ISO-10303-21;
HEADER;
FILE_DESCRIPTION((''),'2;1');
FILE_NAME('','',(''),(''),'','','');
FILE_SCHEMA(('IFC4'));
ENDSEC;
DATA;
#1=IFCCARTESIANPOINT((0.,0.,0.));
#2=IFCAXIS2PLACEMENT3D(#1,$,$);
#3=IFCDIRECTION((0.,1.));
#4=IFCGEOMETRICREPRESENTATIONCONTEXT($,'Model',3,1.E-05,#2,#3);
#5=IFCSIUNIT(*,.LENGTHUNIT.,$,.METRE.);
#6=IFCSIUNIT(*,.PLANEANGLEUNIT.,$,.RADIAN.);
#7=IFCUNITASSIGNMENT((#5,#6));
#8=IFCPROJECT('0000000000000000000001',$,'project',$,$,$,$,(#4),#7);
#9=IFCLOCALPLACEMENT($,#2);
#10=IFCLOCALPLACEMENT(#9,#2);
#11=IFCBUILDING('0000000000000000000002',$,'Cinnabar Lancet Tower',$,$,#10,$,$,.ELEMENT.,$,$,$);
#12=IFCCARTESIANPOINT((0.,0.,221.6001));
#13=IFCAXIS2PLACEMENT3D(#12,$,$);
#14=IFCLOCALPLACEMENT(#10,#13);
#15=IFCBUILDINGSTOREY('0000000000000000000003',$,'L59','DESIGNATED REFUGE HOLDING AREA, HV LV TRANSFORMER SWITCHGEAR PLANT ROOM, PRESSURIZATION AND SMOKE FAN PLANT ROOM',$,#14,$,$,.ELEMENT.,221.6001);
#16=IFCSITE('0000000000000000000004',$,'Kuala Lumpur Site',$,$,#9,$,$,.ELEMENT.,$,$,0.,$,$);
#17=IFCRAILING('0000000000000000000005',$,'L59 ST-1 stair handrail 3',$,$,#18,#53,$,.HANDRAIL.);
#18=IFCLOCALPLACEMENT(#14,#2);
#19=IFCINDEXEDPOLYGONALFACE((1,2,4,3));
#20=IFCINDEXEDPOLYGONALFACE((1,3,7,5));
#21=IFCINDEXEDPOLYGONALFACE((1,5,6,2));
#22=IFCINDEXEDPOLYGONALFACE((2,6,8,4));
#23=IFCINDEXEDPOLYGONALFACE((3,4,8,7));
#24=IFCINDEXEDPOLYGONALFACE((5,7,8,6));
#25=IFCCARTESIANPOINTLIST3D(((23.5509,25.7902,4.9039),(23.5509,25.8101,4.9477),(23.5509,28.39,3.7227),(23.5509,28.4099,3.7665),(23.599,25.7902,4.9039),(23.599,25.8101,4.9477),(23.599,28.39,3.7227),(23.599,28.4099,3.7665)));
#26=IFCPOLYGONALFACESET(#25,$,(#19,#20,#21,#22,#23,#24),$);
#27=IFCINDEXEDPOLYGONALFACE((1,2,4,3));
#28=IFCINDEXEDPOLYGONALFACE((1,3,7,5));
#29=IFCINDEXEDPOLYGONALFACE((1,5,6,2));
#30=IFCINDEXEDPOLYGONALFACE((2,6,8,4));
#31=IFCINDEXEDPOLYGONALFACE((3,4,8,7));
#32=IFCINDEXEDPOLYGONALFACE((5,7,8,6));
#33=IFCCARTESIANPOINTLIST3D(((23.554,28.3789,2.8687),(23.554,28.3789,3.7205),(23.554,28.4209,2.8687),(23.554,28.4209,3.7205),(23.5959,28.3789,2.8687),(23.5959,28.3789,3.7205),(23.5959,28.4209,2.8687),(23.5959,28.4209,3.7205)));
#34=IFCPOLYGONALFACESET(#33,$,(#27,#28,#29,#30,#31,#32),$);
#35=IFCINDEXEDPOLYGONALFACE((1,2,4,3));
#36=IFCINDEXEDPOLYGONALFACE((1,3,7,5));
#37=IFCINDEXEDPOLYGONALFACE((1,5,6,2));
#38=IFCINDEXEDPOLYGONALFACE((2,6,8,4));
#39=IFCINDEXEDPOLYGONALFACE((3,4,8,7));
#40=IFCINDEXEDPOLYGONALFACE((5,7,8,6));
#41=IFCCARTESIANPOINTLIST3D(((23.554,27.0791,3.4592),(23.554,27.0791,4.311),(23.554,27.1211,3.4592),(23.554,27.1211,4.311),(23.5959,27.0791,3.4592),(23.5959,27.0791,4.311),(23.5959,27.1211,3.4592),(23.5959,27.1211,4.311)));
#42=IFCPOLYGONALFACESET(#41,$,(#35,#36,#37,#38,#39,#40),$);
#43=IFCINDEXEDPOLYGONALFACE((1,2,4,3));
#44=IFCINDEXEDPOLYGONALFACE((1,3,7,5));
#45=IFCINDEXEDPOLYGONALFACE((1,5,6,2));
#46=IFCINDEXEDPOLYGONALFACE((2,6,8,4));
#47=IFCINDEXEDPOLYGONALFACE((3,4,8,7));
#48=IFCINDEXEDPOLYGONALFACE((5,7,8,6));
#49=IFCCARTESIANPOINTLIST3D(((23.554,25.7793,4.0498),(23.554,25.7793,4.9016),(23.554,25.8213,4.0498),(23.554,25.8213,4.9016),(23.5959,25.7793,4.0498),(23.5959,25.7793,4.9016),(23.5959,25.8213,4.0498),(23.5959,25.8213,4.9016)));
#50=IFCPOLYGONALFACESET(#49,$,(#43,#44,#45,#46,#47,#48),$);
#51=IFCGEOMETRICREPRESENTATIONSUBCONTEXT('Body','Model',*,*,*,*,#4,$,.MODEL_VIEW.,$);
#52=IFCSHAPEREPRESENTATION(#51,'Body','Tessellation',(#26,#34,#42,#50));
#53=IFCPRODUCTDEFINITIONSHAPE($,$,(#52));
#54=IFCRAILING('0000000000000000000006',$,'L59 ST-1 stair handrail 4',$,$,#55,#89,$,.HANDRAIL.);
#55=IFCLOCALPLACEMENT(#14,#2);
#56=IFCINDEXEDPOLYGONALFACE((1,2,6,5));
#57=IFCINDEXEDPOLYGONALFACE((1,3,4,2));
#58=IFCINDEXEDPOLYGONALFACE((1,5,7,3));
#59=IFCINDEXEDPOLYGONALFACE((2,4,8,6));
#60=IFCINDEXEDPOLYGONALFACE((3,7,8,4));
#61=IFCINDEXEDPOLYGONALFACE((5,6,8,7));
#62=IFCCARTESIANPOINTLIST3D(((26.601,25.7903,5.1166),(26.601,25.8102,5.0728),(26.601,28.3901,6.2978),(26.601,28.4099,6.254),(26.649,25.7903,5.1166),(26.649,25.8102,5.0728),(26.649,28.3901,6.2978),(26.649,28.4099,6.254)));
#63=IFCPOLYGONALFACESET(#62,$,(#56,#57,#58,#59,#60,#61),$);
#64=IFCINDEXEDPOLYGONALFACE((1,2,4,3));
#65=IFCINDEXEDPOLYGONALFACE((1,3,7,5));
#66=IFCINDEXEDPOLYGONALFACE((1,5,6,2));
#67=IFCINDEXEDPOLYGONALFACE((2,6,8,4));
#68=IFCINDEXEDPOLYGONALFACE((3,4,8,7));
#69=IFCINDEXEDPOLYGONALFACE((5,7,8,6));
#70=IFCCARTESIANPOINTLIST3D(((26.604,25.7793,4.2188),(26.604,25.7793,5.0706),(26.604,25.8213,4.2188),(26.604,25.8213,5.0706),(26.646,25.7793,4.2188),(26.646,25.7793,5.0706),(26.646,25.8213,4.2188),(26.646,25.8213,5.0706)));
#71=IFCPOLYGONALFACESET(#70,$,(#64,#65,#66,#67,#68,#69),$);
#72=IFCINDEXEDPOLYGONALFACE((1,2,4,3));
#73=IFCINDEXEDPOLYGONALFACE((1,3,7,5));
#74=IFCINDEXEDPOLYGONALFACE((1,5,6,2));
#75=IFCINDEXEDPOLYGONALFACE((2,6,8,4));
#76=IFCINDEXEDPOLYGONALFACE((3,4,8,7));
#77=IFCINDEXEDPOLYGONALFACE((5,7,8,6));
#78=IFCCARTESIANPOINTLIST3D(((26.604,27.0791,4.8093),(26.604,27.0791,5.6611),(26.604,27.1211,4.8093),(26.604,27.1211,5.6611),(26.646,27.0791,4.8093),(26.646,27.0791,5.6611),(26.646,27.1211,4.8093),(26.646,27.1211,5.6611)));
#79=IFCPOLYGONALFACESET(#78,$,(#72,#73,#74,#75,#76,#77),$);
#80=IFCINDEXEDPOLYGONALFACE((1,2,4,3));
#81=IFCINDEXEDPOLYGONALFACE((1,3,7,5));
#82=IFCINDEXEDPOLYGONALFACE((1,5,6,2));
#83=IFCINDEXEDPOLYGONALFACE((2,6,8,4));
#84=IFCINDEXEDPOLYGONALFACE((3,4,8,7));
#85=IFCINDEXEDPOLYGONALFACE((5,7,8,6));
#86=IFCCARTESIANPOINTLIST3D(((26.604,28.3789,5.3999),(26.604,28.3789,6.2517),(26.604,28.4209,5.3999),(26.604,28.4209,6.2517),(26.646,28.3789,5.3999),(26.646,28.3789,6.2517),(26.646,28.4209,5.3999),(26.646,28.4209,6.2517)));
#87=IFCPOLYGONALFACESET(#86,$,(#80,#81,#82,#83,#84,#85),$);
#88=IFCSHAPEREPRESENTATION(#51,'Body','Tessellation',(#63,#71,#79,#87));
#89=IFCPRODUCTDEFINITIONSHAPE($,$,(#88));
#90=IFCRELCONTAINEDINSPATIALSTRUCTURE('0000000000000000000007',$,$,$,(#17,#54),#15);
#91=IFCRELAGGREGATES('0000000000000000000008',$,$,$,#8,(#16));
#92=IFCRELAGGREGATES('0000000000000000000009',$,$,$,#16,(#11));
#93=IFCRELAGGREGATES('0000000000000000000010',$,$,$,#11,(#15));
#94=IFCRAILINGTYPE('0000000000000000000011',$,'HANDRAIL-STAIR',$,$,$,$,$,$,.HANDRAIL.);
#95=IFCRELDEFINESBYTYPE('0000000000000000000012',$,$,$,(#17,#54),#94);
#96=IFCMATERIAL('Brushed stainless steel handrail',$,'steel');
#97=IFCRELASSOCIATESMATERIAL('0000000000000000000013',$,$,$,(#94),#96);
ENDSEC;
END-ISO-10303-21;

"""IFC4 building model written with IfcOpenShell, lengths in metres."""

from ifc_helpers import new_model, si_unit, direction, frame, origin, origin_2d, place, context, subcontext, project, spatial, rectangle, extrude, material, type_object, element, save


model = new_model("IFC4")

# Units and contexts
model_context = context("Model", 3, precision=1e-05, world=origin(), true_north=direction((0.0, 1.0)))
body_context = subcontext(model_context, "Body", "Model", "MODEL_VIEW")
ifc_project = project(units=[si_unit("LENGTHUNIT", "METRE"), si_unit("PLANEANGLEUNIT", "RADIAN")], contexts=[model_context])

# Site, building, storey
site_placement = place(None, origin())
site = spatial("IfcSite", under=ifc_project, at=site_placement, Name="Kuala Lumpur Site", CompositionType="ELEMENT", RefElevation=0.0)
building_placement = place(site_placement, origin())
building = spatial("IfcBuilding", under=site, at=building_placement, Name="Cinnabar Lancet Tower", CompositionType="ELEMENT")
storey_placement = place(building_placement, frame((0.0, 0.0, 221.6001)))
storey = spatial("IfcBuildingStorey", under=building, at=storey_placement, Name="L59", Description="DESIGNATED REFUGE HOLDING AREA, HV LV TRANSFORMER SWITCHGEAR PLANT ROOM, PRESSURIZATION AND SMOKE FAN PLANT ROOM", CompositionType="ELEMENT", Elevation=221.6001)

# Railings
ifc_material_1 = material(Name="Brushed stainless steel handrail", Category="steel")
railing_type_1 = type_object("IfcRailingType", Name="HANDRAIL-STAIR", PredefinedType="HANDRAIL", material=ifc_material_1)
railing_1_placement = place(storey_placement, frame((23.575, 28.3999, 2.8687)))
element("IfcRailing", 1, at=railing_1_placement, inside=storey, type_object=railing_type_1, Name="L59 ST-1 stair handrail 3", PredefinedType="HANDRAIL", context=body_context, shape_type="SweptSolid", body=[
    extrude(rectangle(XDim=0.0481, YDim=0.0481, at=origin_2d()), frame((0.0, 0.0, 0.876), z_axis=(0.0, -0.910431, 0.413661), x_axis=(1.0, 0.0, 0.0)), (0.0, 0.0, 1.0), 2.8555),
    extrude(rectangle(XDim=0.042, YDim=0.042, at=origin_2d()), origin(), (0.0, 0.0, 1.0), 0.8518),
    extrude(rectangle(XDim=0.042, YDim=0.042, at=origin_2d()), frame((0.0, -1.2998, 0.5906)), (0.0, 0.0, 1.0), 0.8518),
    extrude(rectangle(XDim=0.042, YDim=0.042, at=origin_2d()), frame((0.0, -2.5996, 1.1812)), (0.0, 0.0, 1.0), 0.8518),
])
railing_2_placement = place(storey_placement, frame((26.625, 25.8003, 4.2188)))
element("IfcRailing", 2, at=railing_2_placement, inside=storey, type_object=railing_type_1, Name="L59 ST-1 stair handrail 4", PredefinedType="HANDRAIL", context=body_context, shape_type="SweptSolid", body=[
    extrude(rectangle(XDim=0.0481, YDim=0.0481, at=origin_2d()), frame((0.0, 0.0, 0.876), z_axis=(0.0, 0.910431, 0.413661), x_axis=(-1.0, 0.0, 0.0)), (0.0, 0.0, 1.0), 2.8555),
    extrude(rectangle(XDim=0.042, YDim=0.042, at=origin_2d()), origin(), (0.0, 0.0, 1.0), 0.8518),
    extrude(rectangle(XDim=0.042, YDim=0.042, at=origin_2d()), frame((0.0, 1.2998, 0.5906)), (0.0, 0.0, 1.0), 0.8518),
    extrude(rectangle(XDim=0.042, YDim=0.042, at=origin_2d()), frame((0.0, 2.5996, 1.1812)), (0.0, 0.0, 1.0), 0.8518),
])

save(model, "model.ifc")
